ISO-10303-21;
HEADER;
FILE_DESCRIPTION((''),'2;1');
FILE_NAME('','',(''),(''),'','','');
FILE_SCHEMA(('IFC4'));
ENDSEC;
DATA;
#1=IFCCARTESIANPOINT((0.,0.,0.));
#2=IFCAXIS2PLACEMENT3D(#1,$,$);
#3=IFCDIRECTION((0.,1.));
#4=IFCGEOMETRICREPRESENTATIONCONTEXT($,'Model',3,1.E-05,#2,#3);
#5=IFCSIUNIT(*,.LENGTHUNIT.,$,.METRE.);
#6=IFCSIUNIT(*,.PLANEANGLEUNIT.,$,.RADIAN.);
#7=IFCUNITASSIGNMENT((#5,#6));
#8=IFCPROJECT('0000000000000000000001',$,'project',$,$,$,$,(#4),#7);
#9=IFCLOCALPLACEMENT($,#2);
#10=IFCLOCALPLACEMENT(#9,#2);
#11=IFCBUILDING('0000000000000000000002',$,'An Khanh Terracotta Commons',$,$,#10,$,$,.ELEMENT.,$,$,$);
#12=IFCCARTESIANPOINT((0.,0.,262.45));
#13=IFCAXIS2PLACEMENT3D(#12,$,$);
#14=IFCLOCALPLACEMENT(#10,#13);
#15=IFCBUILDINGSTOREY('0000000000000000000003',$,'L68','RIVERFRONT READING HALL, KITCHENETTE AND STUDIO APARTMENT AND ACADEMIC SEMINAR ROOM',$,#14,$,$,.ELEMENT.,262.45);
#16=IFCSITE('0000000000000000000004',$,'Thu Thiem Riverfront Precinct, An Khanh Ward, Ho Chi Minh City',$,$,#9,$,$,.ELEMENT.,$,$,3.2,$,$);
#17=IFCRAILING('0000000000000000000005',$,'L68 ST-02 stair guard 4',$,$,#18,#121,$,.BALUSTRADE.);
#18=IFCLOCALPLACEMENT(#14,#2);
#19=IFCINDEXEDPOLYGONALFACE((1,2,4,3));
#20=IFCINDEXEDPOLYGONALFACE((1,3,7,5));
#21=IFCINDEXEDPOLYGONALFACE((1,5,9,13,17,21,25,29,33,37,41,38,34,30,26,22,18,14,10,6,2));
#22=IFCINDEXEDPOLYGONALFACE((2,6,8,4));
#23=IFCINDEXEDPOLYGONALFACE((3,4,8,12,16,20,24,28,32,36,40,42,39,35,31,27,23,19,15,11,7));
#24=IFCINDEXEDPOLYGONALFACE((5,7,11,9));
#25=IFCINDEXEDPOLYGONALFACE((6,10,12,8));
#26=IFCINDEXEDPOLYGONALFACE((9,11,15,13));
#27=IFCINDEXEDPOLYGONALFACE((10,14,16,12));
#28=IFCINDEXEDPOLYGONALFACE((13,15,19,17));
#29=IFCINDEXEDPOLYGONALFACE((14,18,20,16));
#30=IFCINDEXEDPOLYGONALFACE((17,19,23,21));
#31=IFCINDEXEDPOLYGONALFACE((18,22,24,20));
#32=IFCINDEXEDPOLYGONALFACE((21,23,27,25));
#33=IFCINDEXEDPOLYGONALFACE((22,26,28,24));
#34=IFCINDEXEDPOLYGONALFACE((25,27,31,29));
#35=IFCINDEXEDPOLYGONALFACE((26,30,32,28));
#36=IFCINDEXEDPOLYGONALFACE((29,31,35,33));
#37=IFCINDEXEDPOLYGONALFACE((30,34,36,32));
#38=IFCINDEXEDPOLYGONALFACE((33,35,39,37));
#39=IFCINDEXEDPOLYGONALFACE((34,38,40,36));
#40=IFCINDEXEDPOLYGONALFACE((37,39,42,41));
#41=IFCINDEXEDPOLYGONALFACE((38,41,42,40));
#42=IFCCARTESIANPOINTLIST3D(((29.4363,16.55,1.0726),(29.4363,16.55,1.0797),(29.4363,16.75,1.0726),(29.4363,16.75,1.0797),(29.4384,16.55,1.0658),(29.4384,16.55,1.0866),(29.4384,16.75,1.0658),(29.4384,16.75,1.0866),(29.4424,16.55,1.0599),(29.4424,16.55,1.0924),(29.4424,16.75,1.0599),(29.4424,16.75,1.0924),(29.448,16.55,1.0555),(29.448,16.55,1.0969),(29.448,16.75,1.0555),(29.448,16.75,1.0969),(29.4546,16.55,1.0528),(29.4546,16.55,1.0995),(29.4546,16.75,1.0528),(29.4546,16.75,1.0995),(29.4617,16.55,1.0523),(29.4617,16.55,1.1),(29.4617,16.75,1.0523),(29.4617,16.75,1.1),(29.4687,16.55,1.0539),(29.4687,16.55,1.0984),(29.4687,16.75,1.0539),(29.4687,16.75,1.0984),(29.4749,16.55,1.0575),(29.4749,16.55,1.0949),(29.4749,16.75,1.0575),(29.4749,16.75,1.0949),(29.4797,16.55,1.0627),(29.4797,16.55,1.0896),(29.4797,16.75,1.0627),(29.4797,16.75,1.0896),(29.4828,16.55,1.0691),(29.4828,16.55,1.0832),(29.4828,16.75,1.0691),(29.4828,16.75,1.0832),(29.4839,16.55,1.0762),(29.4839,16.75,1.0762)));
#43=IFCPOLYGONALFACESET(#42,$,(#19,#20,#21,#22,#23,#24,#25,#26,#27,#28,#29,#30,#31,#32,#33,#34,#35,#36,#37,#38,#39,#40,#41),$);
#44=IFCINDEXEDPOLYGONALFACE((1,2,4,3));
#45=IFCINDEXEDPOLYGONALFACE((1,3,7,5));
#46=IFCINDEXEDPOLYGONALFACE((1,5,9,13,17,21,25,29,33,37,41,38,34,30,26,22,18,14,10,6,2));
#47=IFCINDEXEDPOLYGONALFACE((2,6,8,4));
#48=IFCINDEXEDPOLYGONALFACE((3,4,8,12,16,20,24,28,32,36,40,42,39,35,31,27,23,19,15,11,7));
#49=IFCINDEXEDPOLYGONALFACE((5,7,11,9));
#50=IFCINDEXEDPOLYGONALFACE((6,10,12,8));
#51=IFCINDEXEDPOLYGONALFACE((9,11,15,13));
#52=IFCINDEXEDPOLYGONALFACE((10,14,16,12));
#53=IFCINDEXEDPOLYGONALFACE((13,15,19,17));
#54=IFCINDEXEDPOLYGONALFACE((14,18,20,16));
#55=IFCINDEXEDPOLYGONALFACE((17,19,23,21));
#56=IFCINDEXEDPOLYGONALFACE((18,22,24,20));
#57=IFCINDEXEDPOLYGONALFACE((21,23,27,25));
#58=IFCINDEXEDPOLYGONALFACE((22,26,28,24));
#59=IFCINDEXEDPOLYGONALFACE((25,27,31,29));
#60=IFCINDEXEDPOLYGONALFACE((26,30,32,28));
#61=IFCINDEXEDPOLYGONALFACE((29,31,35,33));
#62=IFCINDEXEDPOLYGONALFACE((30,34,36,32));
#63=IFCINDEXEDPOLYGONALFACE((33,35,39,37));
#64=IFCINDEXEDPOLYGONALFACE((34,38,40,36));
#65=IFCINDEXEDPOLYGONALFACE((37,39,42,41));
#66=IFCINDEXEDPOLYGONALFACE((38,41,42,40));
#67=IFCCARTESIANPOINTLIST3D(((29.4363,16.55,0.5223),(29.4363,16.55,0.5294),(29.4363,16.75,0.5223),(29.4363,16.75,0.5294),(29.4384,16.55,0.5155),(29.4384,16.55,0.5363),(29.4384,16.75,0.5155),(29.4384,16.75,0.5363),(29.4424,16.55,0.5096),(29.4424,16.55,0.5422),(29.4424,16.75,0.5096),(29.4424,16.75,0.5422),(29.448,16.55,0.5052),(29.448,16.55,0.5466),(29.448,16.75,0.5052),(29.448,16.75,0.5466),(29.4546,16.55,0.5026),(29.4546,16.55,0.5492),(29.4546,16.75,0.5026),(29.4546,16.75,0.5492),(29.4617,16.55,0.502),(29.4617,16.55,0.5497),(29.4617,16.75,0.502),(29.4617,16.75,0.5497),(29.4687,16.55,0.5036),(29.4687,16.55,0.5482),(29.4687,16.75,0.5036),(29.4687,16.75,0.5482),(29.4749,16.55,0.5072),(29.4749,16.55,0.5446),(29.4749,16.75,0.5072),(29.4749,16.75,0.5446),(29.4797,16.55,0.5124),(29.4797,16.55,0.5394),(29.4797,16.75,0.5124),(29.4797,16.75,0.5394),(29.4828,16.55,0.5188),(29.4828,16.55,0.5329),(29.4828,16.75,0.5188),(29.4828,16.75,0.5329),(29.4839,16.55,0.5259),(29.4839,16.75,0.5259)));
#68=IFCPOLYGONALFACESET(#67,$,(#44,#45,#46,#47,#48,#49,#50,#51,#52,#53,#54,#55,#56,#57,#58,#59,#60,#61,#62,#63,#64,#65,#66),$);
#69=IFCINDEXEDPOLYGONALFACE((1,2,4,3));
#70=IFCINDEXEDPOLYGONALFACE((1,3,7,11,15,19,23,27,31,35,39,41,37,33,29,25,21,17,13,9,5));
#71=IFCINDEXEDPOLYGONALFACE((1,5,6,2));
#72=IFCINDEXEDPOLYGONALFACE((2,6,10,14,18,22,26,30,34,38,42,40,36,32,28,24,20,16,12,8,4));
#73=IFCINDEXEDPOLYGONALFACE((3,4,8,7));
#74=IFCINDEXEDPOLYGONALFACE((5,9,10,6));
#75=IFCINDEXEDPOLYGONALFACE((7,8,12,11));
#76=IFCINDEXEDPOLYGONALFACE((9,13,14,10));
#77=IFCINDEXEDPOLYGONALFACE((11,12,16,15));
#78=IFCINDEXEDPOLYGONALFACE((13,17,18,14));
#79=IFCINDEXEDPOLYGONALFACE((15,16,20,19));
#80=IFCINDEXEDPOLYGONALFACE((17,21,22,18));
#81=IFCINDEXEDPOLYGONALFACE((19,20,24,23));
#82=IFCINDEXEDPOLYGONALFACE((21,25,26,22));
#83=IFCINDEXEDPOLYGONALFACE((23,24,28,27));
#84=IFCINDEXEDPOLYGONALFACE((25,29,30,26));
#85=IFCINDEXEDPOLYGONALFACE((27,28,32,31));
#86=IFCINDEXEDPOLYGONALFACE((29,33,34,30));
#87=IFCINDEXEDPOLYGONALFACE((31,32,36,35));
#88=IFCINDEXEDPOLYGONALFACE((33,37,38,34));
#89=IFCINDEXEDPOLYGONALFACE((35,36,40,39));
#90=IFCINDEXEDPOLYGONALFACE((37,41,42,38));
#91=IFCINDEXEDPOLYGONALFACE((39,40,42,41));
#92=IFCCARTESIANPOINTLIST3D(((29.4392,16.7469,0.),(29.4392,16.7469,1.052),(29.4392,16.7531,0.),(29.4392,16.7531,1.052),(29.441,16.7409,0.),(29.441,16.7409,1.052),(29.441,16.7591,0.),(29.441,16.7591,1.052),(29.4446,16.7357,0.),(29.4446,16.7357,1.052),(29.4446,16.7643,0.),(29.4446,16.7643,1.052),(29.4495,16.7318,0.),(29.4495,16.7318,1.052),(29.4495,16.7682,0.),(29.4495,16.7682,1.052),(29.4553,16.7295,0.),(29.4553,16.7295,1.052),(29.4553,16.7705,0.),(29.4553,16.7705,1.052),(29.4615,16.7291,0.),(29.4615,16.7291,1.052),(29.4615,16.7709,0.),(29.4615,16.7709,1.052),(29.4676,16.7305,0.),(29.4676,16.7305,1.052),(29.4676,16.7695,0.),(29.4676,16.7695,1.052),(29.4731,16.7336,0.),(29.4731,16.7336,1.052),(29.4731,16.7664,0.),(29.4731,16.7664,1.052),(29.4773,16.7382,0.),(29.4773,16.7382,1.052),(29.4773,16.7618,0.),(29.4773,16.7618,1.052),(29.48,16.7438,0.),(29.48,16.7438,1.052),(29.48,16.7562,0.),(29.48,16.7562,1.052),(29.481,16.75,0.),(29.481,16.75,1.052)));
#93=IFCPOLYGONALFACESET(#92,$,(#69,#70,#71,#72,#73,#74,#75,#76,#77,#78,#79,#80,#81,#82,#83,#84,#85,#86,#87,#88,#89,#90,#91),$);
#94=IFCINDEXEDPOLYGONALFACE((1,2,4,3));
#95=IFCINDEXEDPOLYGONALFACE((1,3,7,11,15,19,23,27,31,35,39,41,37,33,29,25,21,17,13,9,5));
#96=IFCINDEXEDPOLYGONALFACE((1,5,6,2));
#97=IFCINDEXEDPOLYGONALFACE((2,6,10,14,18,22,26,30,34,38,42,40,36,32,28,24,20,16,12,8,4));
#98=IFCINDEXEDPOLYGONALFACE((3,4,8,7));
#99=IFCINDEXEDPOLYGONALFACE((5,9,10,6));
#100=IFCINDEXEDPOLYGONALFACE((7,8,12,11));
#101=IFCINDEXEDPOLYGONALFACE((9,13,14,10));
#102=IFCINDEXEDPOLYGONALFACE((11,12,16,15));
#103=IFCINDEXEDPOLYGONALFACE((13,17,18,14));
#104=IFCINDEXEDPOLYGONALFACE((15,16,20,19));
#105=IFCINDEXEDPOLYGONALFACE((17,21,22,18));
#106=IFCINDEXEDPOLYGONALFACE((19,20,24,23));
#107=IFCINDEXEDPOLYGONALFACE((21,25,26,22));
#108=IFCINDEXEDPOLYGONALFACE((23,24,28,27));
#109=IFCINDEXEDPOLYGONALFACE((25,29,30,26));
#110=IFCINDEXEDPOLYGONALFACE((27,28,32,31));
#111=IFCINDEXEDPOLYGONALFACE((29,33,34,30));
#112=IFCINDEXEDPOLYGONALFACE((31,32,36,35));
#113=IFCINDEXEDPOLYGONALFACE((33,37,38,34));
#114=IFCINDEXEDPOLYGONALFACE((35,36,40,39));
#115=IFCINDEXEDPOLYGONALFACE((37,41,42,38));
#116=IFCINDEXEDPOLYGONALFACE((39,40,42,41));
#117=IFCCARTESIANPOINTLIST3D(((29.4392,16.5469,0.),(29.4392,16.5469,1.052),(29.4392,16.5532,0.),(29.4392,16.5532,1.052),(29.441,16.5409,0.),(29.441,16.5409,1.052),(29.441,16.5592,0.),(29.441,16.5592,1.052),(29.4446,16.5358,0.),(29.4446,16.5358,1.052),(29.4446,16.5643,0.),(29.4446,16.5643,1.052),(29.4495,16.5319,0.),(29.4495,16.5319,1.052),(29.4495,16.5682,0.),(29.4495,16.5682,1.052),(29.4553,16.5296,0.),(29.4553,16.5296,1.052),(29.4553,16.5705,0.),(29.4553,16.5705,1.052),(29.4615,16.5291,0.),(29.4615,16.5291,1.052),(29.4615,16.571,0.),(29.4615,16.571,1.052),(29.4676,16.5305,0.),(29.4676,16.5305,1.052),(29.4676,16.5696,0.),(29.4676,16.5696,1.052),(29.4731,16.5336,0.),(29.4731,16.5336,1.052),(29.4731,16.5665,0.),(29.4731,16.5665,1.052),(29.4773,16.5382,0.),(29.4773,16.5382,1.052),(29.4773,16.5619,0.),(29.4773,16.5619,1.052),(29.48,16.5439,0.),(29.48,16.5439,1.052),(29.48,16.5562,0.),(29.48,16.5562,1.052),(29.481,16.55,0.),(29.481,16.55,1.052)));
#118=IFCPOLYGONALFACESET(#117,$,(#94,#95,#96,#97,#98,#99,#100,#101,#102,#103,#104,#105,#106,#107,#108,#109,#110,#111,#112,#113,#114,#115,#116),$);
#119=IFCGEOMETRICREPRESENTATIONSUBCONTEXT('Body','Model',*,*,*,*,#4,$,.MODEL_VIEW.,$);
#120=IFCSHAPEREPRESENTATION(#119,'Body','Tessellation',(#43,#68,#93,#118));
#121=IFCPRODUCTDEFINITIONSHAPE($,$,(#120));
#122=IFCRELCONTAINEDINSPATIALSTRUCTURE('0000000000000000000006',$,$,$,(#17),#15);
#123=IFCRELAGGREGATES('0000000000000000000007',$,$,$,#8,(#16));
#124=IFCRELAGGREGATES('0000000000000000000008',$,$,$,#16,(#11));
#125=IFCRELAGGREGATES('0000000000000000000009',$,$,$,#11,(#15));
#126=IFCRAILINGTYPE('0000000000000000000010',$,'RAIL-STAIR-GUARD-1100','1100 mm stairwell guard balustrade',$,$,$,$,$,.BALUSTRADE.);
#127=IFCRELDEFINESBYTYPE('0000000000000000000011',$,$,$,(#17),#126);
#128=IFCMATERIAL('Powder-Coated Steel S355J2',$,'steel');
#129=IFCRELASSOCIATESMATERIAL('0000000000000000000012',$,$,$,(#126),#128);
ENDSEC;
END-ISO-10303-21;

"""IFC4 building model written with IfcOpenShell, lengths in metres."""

from ifc_helpers import new_model, si_unit, direction, frame, origin, origin_2d, place, context, subcontext, project, spatial, circle, extrude, material, type_object, element, save


model = new_model("IFC4")

# Units and contexts
model_context = context("Model", 3, precision=1e-05, world=origin(), true_north=direction((0.0, 1.0)))
body_context = subcontext(model_context, "Body", "Model", "MODEL_VIEW")
ifc_project = project(units=[si_unit("LENGTHUNIT", "METRE"), si_unit("PLANEANGLEUNIT", "RADIAN")], contexts=[model_context])

# Site, building, storey
site_placement = place(None, origin())
site = spatial("IfcSite", under=ifc_project, at=site_placement, Name="Thu Thiem Riverfront Precinct, An Khanh Ward, Ho Chi Minh City", CompositionType="ELEMENT", RefElevation=3.2)
building_placement = place(site_placement, origin())
building = spatial("IfcBuilding", under=site, at=building_placement, Name="An Khanh Terracotta Commons", CompositionType="ELEMENT")
storey_placement = place(building_placement, frame((0.0, 0.0, 262.45)))
storey = spatial("IfcBuildingStorey", under=building, at=storey_placement, Name="L68", Description="RIVERFRONT READING HALL, KITCHENETTE AND STUDIO APARTMENT AND ACADEMIC SEMINAR ROOM", CompositionType="ELEMENT", Elevation=262.45)

# Railing
ifc_material_1 = material(Name="Powder-Coated Steel S355J2", Category="steel")
railing_type_1 = type_object("IfcRailingType", Name="RAIL-STAIR-GUARD-1100", Description="1100 mm stairwell guard balustrade", PredefinedType="BALUSTRADE", material=ifc_material_1)
railing_1_placement = place(storey_placement, frame((29.46, 16.75, 0.0)))
element("IfcRailing", 1, at=railing_1_placement, inside=storey, type_object=railing_type_1, Name="L68 ST-02 stair guard 4", PredefinedType="BALUSTRADE", context=body_context, shape_type="SweptSolid", body=[
    extrude(circle(Radius=0.0239, at=origin_2d()), frame((0.0, 0.0, 1.0762), z_axis=(0.0, -1.0, 0.0), x_axis=(1.0, 0.0, 0.0)), (0.0, 0.0, 1.0), 0.2),
    extrude(circle(Radius=0.0239, at=origin_2d()), frame((0.0, 0.0, 0.5259), z_axis=(0.0, -1.0, 0.0), x_axis=(1.0, 0.0, 0.0)), (0.0, 0.0, 1.0), 0.2),
    extrude(circle(Radius=0.021, at=origin_2d()), origin(), (0.0, 0.0, 1.0), 1.052),
    extrude(circle(Radius=0.021, at=origin_2d()), frame((0.0, -0.2, 0.0)), (0.0, 0.0, 1.0), 1.052),
])

save(model, "model.ifc")
